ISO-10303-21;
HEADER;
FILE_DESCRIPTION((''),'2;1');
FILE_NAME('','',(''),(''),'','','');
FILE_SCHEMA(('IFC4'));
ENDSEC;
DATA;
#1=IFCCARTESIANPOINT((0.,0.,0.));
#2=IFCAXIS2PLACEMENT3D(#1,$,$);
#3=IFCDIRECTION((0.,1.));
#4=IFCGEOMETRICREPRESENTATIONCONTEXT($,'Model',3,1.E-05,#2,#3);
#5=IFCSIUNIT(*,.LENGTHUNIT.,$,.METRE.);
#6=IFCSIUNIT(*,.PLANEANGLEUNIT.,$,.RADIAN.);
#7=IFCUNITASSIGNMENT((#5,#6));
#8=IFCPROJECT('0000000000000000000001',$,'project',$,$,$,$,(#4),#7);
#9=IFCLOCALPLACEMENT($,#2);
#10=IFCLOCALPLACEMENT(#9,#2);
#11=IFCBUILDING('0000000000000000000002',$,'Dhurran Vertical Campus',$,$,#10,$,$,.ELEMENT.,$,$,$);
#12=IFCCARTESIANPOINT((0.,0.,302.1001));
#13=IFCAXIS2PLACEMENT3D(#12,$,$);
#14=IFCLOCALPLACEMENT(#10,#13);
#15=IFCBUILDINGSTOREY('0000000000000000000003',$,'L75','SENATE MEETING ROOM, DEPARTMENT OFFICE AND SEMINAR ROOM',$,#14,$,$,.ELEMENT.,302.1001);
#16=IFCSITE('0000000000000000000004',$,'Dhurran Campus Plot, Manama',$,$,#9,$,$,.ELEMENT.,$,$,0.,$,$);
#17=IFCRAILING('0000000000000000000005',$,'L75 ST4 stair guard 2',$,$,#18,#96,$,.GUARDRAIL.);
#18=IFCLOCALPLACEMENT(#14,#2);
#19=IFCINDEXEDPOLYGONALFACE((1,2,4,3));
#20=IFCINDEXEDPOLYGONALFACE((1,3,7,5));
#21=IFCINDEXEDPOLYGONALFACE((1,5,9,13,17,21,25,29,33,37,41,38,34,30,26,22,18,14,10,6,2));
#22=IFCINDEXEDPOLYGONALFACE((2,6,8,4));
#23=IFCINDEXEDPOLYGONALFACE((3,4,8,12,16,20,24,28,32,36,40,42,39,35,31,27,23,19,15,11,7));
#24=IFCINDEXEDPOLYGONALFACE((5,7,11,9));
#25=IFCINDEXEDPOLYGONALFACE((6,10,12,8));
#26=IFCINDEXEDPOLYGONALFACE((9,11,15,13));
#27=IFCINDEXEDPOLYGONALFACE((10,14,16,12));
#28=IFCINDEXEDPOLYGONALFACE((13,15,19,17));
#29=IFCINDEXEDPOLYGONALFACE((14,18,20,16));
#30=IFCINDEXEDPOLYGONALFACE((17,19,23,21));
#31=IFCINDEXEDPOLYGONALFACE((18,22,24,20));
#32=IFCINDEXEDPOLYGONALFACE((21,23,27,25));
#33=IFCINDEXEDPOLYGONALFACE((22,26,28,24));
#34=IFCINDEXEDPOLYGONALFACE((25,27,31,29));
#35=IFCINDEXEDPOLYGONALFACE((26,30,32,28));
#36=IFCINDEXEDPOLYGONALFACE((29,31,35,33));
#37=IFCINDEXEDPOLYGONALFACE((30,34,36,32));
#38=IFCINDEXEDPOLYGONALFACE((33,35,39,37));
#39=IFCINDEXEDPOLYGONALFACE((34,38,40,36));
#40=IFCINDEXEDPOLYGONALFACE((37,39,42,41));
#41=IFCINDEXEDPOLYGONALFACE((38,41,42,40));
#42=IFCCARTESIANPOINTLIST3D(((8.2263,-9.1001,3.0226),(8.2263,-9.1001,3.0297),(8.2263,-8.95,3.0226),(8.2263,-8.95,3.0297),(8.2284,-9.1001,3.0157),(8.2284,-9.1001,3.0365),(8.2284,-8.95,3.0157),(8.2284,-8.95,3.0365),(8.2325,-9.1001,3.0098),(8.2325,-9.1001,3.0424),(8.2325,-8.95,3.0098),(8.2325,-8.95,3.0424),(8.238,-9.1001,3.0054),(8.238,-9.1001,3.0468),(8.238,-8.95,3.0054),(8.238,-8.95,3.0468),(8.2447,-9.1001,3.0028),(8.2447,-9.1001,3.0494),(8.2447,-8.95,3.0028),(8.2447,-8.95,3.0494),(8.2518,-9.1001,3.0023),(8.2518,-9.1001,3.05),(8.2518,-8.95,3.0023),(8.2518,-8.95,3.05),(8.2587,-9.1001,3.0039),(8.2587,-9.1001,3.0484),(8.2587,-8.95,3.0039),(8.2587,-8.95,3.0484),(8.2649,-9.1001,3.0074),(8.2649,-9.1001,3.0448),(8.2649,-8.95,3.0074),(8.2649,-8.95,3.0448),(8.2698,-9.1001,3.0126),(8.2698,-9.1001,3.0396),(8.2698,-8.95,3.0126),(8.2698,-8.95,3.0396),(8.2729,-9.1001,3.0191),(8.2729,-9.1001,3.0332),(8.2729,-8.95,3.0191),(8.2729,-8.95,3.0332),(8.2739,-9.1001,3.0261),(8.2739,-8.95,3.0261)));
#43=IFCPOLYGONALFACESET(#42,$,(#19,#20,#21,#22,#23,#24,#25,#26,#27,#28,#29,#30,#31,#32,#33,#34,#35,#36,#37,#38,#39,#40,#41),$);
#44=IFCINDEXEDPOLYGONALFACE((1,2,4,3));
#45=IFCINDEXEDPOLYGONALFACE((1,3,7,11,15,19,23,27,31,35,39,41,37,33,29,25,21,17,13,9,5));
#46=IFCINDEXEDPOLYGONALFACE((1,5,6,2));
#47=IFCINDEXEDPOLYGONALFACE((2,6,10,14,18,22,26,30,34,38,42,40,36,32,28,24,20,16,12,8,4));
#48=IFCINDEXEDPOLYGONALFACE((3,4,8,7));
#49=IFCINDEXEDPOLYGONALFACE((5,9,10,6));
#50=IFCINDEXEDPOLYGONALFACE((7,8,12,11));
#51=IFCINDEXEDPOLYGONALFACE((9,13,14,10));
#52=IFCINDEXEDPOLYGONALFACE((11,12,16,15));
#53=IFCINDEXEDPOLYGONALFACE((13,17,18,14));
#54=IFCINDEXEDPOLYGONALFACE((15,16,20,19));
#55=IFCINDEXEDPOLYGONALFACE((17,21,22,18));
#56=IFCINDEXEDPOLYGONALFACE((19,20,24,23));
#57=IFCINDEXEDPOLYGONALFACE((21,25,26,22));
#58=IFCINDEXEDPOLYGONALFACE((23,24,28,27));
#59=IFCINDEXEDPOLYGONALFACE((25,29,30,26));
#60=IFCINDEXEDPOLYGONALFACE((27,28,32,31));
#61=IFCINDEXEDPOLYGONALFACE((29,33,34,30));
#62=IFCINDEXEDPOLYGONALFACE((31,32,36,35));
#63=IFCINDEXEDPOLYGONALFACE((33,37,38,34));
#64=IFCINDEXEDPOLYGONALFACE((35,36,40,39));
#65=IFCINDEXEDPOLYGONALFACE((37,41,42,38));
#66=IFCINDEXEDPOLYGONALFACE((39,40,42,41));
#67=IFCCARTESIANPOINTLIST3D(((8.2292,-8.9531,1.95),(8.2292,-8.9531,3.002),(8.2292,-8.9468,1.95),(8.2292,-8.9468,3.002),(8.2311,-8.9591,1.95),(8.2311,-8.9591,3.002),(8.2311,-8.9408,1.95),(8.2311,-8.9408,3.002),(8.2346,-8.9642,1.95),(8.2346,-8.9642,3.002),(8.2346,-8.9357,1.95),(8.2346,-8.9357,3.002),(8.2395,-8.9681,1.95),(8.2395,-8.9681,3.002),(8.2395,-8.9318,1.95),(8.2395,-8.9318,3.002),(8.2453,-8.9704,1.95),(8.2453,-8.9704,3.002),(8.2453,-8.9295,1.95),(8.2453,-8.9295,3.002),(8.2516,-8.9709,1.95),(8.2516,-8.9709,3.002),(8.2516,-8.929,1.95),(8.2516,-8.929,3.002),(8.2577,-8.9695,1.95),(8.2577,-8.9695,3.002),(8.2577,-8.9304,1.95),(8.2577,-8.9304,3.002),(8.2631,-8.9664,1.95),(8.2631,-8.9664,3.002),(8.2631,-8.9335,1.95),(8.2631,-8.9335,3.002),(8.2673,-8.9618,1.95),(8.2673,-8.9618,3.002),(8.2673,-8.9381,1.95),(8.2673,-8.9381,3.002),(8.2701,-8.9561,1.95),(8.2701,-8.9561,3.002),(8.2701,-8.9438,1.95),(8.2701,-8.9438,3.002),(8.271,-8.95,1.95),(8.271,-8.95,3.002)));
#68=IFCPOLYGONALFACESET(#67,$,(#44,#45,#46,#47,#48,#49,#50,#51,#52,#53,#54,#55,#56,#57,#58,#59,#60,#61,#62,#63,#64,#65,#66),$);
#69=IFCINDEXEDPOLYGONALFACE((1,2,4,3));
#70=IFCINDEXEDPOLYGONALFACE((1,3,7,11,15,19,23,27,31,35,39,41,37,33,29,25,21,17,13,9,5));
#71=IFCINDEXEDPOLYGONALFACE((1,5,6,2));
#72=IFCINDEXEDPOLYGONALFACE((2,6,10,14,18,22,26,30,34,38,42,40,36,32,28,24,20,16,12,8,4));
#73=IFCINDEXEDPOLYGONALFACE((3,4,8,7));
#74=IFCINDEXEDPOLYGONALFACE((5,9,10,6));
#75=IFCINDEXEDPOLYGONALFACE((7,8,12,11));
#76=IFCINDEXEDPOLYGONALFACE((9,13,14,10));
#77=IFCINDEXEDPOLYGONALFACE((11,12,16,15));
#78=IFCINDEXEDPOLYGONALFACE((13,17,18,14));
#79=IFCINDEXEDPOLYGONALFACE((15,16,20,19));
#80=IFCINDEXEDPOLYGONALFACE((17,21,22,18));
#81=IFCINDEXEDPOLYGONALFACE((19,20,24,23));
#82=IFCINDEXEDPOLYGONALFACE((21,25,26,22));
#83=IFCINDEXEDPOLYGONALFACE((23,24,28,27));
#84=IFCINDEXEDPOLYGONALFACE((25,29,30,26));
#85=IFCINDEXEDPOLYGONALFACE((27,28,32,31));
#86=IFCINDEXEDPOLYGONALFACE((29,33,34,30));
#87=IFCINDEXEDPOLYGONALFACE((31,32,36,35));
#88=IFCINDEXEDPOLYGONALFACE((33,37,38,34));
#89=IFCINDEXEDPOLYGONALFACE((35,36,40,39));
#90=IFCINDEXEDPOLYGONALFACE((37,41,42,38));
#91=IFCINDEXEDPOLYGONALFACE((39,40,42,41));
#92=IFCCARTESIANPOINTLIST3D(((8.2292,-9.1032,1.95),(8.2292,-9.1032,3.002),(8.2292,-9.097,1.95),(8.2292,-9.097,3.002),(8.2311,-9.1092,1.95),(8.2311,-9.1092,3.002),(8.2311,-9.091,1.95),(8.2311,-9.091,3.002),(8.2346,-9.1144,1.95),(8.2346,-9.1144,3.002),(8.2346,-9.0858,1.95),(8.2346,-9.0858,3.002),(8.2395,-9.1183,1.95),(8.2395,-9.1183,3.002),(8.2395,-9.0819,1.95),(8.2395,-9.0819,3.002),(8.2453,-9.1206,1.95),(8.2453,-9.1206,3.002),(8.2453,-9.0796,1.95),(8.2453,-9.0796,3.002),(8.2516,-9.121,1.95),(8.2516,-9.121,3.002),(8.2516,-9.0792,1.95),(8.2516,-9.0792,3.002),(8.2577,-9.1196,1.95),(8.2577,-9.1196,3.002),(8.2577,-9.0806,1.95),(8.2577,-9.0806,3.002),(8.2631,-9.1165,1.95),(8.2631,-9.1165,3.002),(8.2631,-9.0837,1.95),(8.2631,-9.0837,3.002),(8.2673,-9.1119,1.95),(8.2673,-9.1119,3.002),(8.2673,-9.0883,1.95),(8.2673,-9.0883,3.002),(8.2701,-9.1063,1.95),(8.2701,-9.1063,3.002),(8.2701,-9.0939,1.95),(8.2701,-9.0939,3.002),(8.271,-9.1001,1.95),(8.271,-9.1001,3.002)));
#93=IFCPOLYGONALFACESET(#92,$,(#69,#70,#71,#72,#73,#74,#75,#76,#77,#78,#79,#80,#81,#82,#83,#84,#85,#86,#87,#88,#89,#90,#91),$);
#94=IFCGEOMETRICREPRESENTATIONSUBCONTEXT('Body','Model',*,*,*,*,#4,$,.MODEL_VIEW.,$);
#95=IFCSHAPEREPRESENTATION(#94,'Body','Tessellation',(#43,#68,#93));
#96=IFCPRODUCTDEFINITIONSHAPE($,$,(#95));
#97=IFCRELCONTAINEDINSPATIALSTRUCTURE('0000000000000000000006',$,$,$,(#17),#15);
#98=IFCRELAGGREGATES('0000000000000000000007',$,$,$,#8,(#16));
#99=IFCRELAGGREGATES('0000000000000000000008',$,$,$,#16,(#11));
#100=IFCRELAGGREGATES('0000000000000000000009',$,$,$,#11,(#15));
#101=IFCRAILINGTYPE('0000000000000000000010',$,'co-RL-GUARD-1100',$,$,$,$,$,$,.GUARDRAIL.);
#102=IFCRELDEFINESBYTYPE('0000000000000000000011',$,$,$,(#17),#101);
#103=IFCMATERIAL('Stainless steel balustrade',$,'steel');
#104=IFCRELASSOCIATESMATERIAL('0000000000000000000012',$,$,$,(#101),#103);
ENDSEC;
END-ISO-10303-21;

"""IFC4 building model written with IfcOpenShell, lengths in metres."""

from ifc_helpers import new_model, si_unit, direction, frame, origin, origin_2d, place, context, subcontext, project, spatial, circle, extrude, material, type_object, element, save


model = new_model("IFC4")

# Units and contexts
model_context = context("Model", 3, precision=1e-05, world=origin(), true_north=direction((0.0, 1.0)))
body_context = subcontext(model_context, "Body", "Model", "MODEL_VIEW")
ifc_project = project(units=[si_unit("LENGTHUNIT", "METRE"), si_unit("PLANEANGLEUNIT", "RADIAN")], contexts=[model_context])

# Site, building, storey
site_placement = place(None, origin())
site = spatial("IfcSite", under=ifc_project, at=site_placement, Name="Dhurran Campus Plot, Manama", CompositionType="ELEMENT", RefElevation=0.0)
building_placement = place(site_placement, origin())
building = spatial("IfcBuilding", under=site, at=building_placement, Name="Dhurran Vertical Campus", CompositionType="ELEMENT")
storey_placement = place(building_placement, frame((0.0, 0.0, 302.1001)))
storey = spatial("IfcBuildingStorey", under=building, at=storey_placement, Name="L75", Description="SENATE MEETING ROOM, DEPARTMENT OFFICE AND SEMINAR ROOM", CompositionType="ELEMENT", Elevation=302.1001)

# Railing
ifc_material_1 = material(Name="Stainless steel balustrade", Category="steel")
railing_type_1 = type_object("IfcRailingType", Name="co-RL-GUARD-1100", PredefinedType="GUARDRAIL", material=ifc_material_1)
railing_1_placement = place(storey_placement, frame((8.25, -8.95, 1.95)))
element("IfcRailing", 1, at=railing_1_placement, inside=storey, type_object=railing_type_1, Name="L75 ST4 stair guard 2", PredefinedType="GUARDRAIL", context=body_context, shape_type="SweptSolid", body=[
    extrude(circle(Radius=0.0239, at=origin_2d()), frame((0.0, 0.0, 1.0762), z_axis=(0.0, -1.0, 0.0), x_axis=(1.0, 0.0, 0.0)), (0.0, 0.0, 1.0), 0.1501),
    extrude(circle(Radius=0.021, at=origin_2d()), origin(), (0.0, 0.0, 1.0), 1.052),
    extrude(circle(Radius=0.021, at=origin_2d()), frame((0.0, -0.1501, 0.0)), (0.0, 0.0, 1.0), 1.052),
])

save(model, "model.ifc")
